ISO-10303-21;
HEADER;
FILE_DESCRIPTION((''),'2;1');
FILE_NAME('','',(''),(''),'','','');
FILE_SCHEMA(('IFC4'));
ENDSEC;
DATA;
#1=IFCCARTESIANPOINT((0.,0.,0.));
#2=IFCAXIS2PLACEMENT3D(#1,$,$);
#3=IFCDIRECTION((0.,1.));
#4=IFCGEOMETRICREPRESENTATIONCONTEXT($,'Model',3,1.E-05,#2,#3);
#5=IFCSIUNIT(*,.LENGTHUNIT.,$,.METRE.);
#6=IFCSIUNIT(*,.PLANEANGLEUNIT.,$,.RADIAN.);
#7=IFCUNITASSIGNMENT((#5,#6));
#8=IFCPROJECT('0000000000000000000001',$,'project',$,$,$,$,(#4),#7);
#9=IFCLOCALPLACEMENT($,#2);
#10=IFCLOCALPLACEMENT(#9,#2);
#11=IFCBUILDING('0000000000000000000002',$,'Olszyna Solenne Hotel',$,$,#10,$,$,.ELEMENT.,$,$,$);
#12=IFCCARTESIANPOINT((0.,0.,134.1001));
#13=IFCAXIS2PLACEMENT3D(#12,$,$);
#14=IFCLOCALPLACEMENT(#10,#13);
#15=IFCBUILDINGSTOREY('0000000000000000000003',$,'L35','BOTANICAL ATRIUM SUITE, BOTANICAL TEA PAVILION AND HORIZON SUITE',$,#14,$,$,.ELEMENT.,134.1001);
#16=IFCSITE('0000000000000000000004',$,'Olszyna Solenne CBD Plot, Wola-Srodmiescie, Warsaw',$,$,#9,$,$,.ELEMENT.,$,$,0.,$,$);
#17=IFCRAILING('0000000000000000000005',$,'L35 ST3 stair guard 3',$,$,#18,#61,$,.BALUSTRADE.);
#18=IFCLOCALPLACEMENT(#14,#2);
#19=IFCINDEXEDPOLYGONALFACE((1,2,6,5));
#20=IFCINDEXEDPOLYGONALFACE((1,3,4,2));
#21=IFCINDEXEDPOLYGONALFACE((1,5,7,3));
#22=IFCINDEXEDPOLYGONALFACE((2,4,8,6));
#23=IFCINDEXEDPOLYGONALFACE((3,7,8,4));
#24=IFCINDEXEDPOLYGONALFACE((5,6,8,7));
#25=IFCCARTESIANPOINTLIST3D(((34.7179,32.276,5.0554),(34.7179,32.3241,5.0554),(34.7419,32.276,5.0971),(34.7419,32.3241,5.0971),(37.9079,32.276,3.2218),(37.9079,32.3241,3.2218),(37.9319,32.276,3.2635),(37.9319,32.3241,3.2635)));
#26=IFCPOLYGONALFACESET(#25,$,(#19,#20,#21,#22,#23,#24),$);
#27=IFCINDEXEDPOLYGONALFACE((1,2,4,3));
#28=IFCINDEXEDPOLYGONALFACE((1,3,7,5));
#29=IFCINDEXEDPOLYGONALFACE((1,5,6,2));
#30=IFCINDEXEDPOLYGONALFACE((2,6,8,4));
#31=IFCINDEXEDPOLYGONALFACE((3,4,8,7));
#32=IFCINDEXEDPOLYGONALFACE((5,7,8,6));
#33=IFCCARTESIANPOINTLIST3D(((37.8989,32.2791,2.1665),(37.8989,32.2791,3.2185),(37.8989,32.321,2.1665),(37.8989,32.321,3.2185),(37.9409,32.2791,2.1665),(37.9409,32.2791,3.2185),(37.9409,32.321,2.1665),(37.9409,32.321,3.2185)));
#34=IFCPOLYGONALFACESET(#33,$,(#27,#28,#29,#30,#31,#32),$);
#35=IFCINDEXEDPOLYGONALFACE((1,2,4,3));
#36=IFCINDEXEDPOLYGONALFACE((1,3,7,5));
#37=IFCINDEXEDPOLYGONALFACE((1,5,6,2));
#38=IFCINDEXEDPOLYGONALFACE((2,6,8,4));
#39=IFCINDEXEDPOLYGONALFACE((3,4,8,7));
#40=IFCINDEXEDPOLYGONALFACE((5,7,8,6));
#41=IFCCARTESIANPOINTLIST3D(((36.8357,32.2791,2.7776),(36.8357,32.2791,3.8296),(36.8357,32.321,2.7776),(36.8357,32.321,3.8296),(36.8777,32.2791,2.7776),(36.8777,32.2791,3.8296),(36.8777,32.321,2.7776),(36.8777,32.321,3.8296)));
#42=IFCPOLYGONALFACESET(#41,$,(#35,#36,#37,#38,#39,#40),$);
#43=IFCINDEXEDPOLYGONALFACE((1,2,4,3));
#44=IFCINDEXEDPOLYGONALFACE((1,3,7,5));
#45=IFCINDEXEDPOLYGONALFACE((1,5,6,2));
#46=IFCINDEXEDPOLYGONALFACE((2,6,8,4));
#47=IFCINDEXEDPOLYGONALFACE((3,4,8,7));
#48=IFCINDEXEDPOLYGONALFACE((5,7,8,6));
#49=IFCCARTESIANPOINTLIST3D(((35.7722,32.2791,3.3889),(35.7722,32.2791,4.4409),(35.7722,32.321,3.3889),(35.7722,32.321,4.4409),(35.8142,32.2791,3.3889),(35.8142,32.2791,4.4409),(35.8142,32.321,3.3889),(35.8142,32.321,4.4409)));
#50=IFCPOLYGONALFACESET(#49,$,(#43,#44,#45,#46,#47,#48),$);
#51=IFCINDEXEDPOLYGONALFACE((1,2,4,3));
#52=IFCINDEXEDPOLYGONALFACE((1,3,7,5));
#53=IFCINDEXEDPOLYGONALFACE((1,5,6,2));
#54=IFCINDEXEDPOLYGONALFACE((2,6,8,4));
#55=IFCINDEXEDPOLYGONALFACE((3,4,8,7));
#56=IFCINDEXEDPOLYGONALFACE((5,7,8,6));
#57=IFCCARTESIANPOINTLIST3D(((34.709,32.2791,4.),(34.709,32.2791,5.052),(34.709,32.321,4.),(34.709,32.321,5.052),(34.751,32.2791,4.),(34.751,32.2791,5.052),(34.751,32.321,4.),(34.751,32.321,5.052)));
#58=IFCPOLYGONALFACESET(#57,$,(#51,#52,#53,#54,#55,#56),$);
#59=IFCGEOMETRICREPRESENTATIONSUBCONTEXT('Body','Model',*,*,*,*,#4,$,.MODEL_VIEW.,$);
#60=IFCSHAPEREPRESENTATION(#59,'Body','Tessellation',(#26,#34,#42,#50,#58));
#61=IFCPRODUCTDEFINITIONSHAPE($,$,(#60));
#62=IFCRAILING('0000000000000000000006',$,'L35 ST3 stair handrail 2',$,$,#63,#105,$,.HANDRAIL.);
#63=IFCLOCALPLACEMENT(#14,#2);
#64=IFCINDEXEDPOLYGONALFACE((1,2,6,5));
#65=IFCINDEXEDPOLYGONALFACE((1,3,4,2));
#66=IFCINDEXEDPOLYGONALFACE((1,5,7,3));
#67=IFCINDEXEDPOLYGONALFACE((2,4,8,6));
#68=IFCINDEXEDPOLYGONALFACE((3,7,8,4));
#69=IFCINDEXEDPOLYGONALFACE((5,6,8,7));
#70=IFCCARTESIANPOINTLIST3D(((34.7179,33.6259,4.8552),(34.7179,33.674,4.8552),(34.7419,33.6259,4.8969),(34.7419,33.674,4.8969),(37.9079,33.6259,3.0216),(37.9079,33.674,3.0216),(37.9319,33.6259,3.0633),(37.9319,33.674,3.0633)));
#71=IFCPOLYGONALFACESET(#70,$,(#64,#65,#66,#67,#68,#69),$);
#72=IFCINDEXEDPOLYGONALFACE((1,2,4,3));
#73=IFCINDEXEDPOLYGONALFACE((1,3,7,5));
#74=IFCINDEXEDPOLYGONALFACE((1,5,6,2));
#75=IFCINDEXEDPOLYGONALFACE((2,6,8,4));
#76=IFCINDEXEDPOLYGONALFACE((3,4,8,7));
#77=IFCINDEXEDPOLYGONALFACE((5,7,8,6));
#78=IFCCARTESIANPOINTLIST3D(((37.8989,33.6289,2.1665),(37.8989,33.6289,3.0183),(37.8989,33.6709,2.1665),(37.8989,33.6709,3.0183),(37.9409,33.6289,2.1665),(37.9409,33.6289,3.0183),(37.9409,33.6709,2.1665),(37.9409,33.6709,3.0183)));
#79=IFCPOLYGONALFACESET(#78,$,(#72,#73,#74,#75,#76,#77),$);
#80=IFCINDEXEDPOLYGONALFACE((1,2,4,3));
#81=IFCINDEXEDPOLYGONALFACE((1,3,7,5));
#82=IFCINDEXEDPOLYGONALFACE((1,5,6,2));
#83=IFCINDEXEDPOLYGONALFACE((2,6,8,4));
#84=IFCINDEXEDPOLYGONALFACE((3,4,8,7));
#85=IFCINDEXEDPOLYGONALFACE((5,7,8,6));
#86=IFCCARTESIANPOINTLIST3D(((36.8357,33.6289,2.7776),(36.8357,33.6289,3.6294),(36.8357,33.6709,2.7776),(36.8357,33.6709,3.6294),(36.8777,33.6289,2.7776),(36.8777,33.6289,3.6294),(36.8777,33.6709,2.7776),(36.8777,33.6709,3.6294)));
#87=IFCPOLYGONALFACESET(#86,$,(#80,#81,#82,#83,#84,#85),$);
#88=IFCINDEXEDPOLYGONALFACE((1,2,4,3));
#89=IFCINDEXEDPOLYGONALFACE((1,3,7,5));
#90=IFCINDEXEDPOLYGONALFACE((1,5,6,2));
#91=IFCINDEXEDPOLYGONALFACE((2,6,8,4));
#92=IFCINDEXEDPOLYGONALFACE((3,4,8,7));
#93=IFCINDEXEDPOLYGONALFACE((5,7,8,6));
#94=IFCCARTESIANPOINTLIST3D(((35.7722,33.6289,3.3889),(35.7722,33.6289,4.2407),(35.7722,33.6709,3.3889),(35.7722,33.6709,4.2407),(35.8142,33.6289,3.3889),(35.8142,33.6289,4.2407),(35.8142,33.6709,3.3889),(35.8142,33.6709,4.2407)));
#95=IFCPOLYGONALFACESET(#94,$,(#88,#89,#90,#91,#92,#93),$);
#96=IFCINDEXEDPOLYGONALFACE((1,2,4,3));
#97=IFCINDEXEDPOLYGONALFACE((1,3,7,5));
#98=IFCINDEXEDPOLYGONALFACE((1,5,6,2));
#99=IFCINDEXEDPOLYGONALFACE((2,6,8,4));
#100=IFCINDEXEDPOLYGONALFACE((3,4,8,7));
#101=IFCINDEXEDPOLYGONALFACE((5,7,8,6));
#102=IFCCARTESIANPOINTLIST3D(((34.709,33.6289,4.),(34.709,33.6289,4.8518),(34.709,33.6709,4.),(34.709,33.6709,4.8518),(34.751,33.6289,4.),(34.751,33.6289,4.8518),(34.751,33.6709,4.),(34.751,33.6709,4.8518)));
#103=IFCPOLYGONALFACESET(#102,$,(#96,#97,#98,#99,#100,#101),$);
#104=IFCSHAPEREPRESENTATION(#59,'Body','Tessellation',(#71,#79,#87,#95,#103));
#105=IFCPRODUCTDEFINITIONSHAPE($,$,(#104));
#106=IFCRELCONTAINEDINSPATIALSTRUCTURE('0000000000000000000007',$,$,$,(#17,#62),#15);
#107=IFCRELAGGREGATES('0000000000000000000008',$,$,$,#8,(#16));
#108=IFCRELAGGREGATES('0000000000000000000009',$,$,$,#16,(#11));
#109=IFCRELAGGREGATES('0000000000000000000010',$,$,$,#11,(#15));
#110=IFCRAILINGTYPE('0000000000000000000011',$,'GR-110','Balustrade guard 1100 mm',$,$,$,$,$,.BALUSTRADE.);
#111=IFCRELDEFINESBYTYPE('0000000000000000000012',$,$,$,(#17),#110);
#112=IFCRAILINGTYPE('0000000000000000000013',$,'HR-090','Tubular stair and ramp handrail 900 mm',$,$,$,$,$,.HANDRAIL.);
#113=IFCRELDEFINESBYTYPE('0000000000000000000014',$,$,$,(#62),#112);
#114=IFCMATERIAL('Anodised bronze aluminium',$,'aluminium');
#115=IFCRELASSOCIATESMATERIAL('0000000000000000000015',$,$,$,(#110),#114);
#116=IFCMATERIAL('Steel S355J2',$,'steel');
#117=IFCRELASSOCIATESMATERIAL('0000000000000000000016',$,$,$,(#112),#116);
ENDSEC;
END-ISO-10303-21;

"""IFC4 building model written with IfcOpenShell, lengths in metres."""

from ifc_helpers import new_model, si_unit, direction, frame, origin, origin_2d, place, context, subcontext, project, spatial, rectangle, extrude, material, type_object, element, save


model = new_model("IFC4")

# Units and contexts
model_context = context("Model", 3, precision=1e-05, world=origin(), true_north=direction((0.0, 1.0)))
body_context = subcontext(model_context, "Body", "Model", "MODEL_VIEW")
ifc_project = project(units=[si_unit("LENGTHUNIT", "METRE"), si_unit("PLANEANGLEUNIT", "RADIAN")], contexts=[model_context])

# Site, building, storey
site_placement = place(None, origin())
site = spatial("IfcSite", under=ifc_project, at=site_placement, Name="Olszyna Solenne CBD Plot, Wola-Srodmiescie, Warsaw", CompositionType="ELEMENT", RefElevation=0.0)
building_placement = place(site_placement, origin())
building = spatial("IfcBuilding", under=site, at=building_placement, Name="Olszyna Solenne Hotel", CompositionType="ELEMENT")
storey_placement = place(building_placement, frame((0.0, 0.0, 134.1001)))
storey = spatial("IfcBuildingStorey", under=building, at=storey_placement, Name="L35", Description="BOTANICAL ATRIUM SUITE, BOTANICAL TEA PAVILION AND HORIZON SUITE", CompositionType="ELEMENT", Elevation=134.1001)

# Shared definitions
ifc_material_1 = material(Name="Steel S355J2", Category="steel")

# Railings
ifc_material_2 = material(Name="Anodised bronze aluminium", Category="aluminium")
railing_type_1 = type_object("IfcRailingType", Name="GR-110", Description="Balustrade guard 1100 mm", PredefinedType="BALUSTRADE", material=ifc_material_2)
railing_1_placement = place(storey_placement, frame((37.9199, 32.3, 2.1665)))
element("IfcRailing", 1, at=railing_1_placement, inside=storey, type_object=railing_type_1, Name="L35 ST3 stair guard 3", PredefinedType="BALUSTRADE", context=body_context, shape_type="SweptSolid", body=[
    extrude(rectangle(XDim=0.0481, YDim=0.0481, at=origin_2d()), frame((0.0, 0.0, 1.0762), z_axis=(-0.866991, 0.0, 0.498324), x_axis=(0.0, -1.0, 0.0)), (0.0, 0.0, 1.0), 3.6794),
    extrude(rectangle(XDim=0.042, YDim=0.042, at=origin_2d()), origin(), (0.0, 0.0, 1.0), 1.052),
    extrude(rectangle(XDim=0.042, YDim=0.042, at=origin_2d()), frame((-1.0632, 0.0, 0.6111)), (0.0, 0.0, 1.0), 1.052),
    extrude(rectangle(XDim=0.042, YDim=0.042, at=origin_2d()), frame((-2.1267, 0.0, 1.2224)), (0.0, 0.0, 1.0), 1.052),
    extrude(rectangle(XDim=0.042, YDim=0.042, at=origin_2d()), frame((-3.1899, 0.0, 1.8335)), (0.0, 0.0, 1.0), 1.052),
])
railing_type_2 = type_object("IfcRailingType", Name="HR-090", Description="Tubular stair and ramp handrail 900 mm", PredefinedType="HANDRAIL", material=ifc_material_1)
railing_2_placement = place(storey_placement, frame((37.9199, 33.6499, 2.1665)))
element("IfcRailing", 2, at=railing_2_placement, inside=storey, type_object=railing_type_2, Name="L35 ST3 stair handrail 2", PredefinedType="HANDRAIL", context=body_context, shape_type="SweptSolid", body=[
    extrude(rectangle(XDim=0.0481, YDim=0.0481, at=origin_2d()), frame((0.0, 0.0, 0.876), z_axis=(-0.866991, 0.0, 0.498324), x_axis=(0.0, -1.0, 0.0)), (0.0, 0.0, 1.0), 3.6794),
    extrude(rectangle(XDim=0.042, YDim=0.042, at=origin_2d()), origin(), (0.0, 0.0, 1.0), 0.8518),
    extrude(rectangle(XDim=0.042, YDim=0.042, at=origin_2d()), frame((-1.0632, 0.0, 0.6111)), (0.0, 0.0, 1.0), 0.8518),
    extrude(rectangle(XDim=0.042, YDim=0.042, at=origin_2d()), frame((-2.1267, 0.0, 1.2224)), (0.0, 0.0, 1.0), 0.8518),
    extrude(rectangle(XDim=0.042, YDim=0.042, at=origin_2d()), frame((-3.1899, 0.0, 1.8335)), (0.0, 0.0, 1.0), 0.8518),
])

save(model, "model.ifc")
